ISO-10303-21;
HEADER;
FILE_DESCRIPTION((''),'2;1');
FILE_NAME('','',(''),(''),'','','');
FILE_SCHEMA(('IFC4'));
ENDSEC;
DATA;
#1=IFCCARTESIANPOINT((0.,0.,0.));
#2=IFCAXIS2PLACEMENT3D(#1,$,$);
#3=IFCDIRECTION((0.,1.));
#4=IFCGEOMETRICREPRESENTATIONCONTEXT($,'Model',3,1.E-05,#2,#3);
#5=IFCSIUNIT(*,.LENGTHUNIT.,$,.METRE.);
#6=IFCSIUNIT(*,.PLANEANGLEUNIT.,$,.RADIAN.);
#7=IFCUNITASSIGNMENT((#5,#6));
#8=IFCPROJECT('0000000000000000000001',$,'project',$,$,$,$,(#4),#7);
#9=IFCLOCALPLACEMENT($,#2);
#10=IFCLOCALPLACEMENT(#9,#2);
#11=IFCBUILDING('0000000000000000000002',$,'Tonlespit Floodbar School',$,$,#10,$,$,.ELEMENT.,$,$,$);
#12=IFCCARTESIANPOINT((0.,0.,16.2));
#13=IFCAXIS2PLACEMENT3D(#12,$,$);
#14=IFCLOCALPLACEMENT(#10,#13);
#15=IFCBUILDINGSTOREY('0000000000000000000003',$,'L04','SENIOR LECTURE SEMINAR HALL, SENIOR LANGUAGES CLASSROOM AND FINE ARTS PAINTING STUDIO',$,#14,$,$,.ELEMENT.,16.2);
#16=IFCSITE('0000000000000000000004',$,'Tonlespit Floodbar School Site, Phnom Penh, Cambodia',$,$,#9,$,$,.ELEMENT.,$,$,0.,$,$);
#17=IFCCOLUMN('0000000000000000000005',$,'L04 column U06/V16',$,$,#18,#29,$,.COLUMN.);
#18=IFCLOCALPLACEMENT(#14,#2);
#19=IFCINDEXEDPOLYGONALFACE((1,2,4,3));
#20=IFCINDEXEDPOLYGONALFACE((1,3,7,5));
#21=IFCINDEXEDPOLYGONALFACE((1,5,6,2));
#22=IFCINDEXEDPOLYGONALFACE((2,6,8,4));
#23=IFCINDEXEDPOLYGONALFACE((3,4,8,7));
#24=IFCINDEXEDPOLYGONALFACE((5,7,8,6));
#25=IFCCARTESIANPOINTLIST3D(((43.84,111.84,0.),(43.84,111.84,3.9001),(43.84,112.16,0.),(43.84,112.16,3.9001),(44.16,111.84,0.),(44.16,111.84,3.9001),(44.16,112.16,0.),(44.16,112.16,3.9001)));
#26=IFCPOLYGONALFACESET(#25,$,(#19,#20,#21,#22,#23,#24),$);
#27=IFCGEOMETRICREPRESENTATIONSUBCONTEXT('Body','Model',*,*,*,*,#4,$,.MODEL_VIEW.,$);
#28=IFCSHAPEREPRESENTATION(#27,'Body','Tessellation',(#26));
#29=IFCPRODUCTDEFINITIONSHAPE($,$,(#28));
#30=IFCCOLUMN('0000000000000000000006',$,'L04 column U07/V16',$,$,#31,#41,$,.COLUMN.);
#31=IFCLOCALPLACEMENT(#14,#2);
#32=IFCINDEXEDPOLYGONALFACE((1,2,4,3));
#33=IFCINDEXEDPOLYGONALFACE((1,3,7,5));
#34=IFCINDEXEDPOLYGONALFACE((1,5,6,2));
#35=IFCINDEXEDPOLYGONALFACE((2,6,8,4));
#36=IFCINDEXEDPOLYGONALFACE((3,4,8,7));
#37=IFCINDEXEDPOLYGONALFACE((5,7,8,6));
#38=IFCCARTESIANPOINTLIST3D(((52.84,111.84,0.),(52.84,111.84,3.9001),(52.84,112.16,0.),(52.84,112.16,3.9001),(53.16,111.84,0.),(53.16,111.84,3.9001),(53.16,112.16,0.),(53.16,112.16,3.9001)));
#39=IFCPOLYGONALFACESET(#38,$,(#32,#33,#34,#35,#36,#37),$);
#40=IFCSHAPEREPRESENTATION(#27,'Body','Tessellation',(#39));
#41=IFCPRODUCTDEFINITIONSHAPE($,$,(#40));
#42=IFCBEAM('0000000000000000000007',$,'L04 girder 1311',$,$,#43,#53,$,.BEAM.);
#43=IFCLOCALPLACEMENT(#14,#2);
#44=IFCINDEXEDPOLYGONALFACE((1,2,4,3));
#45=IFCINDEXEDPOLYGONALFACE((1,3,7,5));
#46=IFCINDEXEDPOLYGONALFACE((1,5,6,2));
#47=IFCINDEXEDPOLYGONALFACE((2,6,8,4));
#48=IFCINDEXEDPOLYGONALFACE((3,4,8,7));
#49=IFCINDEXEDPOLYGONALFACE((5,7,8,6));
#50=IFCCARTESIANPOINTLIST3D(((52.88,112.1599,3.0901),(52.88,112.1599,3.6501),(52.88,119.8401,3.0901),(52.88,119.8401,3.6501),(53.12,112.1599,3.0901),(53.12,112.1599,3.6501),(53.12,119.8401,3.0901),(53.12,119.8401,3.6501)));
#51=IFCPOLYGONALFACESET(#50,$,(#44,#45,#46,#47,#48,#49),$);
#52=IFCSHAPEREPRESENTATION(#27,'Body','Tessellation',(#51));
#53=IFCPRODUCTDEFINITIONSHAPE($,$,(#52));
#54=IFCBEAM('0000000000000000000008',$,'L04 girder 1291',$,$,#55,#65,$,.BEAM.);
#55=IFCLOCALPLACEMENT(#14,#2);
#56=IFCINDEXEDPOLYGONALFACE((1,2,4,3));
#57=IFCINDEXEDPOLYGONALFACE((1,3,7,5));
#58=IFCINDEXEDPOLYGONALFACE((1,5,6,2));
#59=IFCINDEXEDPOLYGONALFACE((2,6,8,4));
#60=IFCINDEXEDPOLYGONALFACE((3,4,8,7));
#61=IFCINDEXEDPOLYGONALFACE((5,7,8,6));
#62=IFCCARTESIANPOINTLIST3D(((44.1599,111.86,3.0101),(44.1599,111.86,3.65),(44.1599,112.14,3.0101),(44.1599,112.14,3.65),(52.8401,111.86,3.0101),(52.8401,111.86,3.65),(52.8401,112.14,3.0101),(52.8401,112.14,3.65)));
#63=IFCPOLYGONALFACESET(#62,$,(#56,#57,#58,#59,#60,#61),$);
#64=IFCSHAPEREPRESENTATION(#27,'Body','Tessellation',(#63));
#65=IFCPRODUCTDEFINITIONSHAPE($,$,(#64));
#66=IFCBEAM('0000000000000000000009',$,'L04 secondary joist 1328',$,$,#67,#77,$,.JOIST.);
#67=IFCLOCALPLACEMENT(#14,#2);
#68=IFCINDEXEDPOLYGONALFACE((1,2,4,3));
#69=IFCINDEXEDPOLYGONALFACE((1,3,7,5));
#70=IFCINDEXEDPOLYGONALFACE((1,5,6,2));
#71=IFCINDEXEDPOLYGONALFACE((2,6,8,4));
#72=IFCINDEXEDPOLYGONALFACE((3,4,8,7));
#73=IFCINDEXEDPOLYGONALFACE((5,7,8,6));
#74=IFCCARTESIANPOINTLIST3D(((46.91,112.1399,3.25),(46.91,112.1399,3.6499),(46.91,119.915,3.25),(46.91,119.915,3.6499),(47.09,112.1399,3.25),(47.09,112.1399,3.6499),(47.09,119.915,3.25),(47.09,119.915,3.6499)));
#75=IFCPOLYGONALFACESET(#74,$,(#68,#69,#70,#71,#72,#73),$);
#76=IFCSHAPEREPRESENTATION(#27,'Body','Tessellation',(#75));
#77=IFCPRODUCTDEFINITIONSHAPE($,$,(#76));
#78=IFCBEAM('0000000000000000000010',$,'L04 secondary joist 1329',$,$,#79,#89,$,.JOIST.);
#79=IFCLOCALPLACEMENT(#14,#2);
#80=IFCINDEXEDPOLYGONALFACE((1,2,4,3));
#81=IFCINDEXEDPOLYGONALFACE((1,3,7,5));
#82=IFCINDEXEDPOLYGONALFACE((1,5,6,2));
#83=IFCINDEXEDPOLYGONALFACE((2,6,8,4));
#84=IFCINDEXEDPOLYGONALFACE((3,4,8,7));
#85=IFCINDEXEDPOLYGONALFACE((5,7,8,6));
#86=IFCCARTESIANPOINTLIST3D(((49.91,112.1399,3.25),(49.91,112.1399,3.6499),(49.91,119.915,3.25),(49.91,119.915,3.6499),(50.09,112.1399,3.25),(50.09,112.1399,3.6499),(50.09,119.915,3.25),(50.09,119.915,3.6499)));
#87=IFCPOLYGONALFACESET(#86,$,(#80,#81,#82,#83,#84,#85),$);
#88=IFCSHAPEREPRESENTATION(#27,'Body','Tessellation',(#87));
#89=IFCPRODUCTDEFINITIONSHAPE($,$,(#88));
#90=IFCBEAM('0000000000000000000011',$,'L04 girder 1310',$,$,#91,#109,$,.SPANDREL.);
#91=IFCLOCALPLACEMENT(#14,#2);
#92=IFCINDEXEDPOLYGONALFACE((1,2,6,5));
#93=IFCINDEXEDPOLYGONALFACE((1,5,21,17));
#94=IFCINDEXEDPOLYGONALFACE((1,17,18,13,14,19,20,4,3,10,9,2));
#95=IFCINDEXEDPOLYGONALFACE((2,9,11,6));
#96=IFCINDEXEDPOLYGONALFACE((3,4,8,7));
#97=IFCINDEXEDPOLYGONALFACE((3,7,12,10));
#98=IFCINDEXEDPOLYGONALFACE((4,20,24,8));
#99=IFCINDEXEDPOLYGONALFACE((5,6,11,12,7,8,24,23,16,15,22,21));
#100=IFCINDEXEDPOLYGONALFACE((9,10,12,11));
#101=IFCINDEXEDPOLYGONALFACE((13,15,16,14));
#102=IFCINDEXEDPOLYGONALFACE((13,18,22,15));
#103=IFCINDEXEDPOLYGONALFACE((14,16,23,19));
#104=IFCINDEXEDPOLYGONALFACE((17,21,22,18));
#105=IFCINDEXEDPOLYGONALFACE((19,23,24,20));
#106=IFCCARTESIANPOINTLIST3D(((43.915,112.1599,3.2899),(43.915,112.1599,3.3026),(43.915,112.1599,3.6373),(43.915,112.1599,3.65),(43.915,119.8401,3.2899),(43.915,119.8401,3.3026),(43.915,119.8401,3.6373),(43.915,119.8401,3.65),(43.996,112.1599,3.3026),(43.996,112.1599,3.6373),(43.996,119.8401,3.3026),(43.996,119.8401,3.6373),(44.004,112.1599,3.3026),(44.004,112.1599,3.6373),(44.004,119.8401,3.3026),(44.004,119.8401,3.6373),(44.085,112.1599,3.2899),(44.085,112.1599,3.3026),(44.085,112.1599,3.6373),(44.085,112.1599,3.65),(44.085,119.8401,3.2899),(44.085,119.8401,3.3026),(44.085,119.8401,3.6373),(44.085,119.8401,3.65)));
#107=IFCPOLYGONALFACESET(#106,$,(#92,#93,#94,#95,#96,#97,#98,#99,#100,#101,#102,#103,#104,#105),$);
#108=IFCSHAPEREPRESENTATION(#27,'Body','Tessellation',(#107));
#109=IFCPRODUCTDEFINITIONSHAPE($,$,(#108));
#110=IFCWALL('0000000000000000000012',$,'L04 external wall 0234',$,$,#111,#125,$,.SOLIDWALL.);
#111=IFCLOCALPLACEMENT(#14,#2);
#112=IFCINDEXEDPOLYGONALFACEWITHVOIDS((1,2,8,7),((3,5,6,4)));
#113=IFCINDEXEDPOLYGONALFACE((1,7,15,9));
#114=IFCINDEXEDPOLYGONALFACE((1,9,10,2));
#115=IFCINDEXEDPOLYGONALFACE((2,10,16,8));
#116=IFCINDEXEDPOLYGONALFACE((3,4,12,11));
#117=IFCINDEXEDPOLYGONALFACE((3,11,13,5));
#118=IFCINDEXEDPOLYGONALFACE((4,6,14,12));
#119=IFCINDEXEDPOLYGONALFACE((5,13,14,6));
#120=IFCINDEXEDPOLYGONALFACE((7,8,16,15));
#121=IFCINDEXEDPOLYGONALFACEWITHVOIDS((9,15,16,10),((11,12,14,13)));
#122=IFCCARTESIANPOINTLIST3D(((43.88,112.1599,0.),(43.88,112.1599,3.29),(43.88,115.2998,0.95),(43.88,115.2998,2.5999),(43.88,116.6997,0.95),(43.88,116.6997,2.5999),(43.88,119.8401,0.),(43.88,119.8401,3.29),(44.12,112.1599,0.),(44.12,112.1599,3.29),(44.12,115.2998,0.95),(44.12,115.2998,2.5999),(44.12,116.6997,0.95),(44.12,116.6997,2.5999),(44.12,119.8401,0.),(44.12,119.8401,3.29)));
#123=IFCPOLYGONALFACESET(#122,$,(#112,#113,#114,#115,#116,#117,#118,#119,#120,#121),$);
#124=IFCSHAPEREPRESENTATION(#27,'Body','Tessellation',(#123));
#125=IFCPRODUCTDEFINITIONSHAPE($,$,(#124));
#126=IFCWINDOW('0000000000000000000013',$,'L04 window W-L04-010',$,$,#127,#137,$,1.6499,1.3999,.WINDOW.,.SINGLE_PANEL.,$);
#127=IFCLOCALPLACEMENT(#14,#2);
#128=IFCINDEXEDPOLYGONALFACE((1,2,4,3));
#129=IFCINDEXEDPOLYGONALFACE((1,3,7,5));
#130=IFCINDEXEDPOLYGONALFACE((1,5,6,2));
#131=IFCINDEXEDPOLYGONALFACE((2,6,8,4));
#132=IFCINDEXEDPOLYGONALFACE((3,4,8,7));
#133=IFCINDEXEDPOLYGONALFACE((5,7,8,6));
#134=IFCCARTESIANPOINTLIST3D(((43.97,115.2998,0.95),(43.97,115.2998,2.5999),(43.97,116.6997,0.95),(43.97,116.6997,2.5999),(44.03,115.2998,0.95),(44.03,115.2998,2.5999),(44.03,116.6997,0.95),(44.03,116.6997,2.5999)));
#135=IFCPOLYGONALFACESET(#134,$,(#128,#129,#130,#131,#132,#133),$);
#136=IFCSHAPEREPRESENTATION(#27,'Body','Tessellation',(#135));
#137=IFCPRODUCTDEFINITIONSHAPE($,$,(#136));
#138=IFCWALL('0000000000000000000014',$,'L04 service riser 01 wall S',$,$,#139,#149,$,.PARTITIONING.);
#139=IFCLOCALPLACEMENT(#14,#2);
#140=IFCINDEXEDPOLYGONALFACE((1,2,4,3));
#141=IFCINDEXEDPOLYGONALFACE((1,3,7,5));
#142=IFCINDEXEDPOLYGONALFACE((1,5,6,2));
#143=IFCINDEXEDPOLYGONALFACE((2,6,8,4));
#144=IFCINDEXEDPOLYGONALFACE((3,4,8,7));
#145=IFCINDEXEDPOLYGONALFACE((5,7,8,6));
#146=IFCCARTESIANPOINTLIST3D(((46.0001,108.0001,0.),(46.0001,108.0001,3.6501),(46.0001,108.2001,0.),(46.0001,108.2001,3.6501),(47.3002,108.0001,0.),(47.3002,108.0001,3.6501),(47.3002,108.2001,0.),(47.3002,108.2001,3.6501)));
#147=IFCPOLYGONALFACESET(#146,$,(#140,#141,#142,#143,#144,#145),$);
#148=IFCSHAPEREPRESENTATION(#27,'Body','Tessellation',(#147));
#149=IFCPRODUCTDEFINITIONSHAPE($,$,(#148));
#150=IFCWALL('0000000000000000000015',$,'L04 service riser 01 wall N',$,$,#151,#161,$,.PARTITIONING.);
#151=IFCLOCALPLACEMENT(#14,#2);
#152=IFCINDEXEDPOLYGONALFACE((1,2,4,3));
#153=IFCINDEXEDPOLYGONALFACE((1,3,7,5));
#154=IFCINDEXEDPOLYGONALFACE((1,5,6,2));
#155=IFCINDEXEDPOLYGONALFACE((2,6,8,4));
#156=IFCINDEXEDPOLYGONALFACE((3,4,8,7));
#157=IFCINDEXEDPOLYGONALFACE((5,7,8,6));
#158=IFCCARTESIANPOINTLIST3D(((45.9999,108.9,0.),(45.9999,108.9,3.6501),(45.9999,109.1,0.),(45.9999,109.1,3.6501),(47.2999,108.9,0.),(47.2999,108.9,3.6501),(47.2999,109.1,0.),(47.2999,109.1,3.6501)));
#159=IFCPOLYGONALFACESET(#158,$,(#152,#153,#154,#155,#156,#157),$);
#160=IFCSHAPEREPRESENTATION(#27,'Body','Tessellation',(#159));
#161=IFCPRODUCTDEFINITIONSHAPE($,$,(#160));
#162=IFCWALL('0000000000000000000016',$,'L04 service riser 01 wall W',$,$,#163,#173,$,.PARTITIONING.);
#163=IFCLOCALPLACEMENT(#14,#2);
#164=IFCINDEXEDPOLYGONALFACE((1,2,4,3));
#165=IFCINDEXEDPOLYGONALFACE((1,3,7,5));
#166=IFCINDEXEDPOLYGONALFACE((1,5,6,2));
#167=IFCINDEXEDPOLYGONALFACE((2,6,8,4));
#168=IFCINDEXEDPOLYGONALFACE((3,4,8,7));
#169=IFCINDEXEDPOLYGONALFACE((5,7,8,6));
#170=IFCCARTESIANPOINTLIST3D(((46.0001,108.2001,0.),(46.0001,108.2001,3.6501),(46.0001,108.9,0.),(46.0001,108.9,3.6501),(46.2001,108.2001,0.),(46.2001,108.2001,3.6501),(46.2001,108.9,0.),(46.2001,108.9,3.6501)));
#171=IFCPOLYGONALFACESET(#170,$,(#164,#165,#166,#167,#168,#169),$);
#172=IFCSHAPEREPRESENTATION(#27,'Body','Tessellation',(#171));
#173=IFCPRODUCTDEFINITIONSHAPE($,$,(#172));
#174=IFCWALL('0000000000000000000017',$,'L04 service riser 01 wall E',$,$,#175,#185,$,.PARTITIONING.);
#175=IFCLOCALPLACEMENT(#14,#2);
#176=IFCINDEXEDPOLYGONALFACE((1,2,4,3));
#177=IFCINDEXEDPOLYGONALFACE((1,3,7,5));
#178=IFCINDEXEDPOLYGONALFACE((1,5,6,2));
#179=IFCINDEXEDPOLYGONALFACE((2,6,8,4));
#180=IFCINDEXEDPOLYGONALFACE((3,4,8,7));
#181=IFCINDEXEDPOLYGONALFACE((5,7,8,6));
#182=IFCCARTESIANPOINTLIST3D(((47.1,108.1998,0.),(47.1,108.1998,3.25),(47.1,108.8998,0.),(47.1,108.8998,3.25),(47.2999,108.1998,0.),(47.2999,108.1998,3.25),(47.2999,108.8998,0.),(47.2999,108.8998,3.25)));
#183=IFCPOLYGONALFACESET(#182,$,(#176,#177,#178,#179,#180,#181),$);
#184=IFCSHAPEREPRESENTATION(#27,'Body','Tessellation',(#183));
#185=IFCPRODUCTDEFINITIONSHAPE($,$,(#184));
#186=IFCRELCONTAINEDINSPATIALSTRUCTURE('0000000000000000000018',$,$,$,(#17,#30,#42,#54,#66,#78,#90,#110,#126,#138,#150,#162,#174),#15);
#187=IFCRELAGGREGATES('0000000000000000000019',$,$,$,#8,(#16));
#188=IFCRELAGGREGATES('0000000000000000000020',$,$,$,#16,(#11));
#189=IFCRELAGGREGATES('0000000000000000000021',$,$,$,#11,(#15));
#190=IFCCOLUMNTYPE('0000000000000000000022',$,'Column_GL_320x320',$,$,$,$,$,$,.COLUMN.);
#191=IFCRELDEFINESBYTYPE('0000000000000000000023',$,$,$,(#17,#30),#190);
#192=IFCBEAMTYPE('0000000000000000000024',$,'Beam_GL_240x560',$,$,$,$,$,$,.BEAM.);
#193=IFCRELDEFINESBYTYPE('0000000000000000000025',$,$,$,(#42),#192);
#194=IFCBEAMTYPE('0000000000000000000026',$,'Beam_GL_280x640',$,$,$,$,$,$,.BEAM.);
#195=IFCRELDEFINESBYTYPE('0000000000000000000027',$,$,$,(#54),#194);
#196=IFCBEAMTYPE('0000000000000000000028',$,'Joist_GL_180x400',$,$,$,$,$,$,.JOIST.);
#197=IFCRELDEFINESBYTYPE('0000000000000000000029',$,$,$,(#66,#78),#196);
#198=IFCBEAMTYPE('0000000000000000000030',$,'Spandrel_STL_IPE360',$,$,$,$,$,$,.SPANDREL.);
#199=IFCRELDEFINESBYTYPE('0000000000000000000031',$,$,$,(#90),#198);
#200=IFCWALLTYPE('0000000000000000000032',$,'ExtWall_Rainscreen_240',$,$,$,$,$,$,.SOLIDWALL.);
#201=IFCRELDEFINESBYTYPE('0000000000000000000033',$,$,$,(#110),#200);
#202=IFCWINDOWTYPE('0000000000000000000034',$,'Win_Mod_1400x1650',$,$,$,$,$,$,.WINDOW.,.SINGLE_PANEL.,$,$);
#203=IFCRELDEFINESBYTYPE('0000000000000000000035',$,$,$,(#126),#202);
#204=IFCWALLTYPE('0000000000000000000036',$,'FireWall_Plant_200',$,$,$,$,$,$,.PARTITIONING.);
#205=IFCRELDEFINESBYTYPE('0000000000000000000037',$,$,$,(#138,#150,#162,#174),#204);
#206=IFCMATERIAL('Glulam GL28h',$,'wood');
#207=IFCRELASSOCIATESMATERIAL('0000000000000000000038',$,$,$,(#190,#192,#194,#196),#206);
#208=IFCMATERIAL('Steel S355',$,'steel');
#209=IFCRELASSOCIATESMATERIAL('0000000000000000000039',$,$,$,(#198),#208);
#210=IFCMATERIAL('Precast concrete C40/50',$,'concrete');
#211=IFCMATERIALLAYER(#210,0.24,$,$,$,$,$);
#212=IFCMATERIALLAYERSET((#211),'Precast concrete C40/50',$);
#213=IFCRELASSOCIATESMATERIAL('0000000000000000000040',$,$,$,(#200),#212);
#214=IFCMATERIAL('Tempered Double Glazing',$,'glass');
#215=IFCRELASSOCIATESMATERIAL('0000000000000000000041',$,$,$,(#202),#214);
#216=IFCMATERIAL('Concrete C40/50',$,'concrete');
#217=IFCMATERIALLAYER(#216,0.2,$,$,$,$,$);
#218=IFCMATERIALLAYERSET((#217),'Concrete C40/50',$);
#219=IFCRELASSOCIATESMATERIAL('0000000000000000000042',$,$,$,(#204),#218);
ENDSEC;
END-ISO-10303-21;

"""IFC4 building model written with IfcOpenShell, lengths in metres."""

from ifc_helpers import new_model, si_unit, direction, frame, frame_2d, origin, origin_2d, place, context, subcontext, project, spatial, rectangle, i_section, extrude, material, layer, layer_set, material_profile, profile_set, type_object, element, fill, save


model = new_model("IFC4")

# Units and contexts
model_context = context("Model", 3, precision=1e-05, world=origin(), true_north=direction((0.0, 1.0)))
body_context = subcontext(model_context, "Body", "Model", "MODEL_VIEW")
ifc_project = project(units=[si_unit("LENGTHUNIT", "METRE"), si_unit("PLANEANGLEUNIT", "RADIAN")], contexts=[model_context])

# Site, building, storey
site_placement = place(None, origin())
site = spatial("IfcSite", under=ifc_project, at=site_placement, Name="Tonlespit Floodbar School Site, Phnom Penh, Cambodia", CompositionType="ELEMENT", RefElevation=0.0)
building_placement = place(site_placement, origin())
building = spatial("IfcBuilding", under=site, at=building_placement, Name="Tonlespit Floodbar School", CompositionType="ELEMENT")
storey_placement = place(building_placement, frame((0.0, 0.0, 16.2)))
storey = spatial("IfcBuildingStorey", under=building, at=storey_placement, Name="L04", Description="SENIOR LECTURE SEMINAR HALL, SENIOR LANGUAGES CLASSROOM AND FINE ARTS PAINTING STUDIO", CompositionType="ELEMENT", Elevation=16.2)

# Columns
ifc_material_1 = material(Name="Glulam GL28h", Category="wood")
ifc_material_profile_1 = material_profile(ifc_material_1, rectangle(XDim=0.3201, YDim=0.3201, at=origin_2d()), Name="GL 320x320")
ifc_profile_set_1 = profile_set([ifc_material_profile_1], Name="Glulam GL28h")
column_type = type_object("IfcColumnType", Name="Column_GL_320x320", PredefinedType="COLUMN", material=ifc_profile_set_1)
for number, where, z_axis, x_axis, name in (
    (1, (44.0, 112.0, 0.0), (0.0, 0.0, 1.0), (1.0, 0.0, 0.0), "L04 column U06/V16"),
    (2, (53.0, 112.0, 0.0), (0.0, 0.0, 1.0), (1.0, 0.0, 0.0), "L04 column U07/V16"),
):
    element("IfcColumn", number, at=place(storey_placement, frame(where, z_axis=z_axis, x_axis=x_axis)), inside=storey, type_object=column_type, Name=name, PredefinedType="COLUMN", context=body_context, shape_type="SweptSolid", body=[
        extrude(rectangle(XDim=0.3201, YDim=0.3201, at=origin_2d()), origin(), (0.0, 0.0, 1.0), 3.9001),
    ])

# Beams
ifc_material_profile_2 = material_profile(ifc_material_1, rectangle(XDim=0.24, YDim=0.5601, at=origin_2d()), Name="GL 240x560")
ifc_profile_set_2 = profile_set([ifc_material_profile_2], Name="Glulam GL28h")
beam_type_1 = type_object("IfcBeamType", Name="Beam_GL_240x560", PredefinedType="BEAM", material=ifc_profile_set_2)
beam_1_placement = place(storey_placement, frame((53.0, 112.1599, 3.3701), z_axis=(0.0, 1.0, 0.0), x_axis=(-1.0, 0.0, 0.0)))
element("IfcBeam", 3, at=beam_1_placement, inside=storey, type_object=beam_type_1, Name="L04 girder 1311", PredefinedType="BEAM", context=body_context, shape_type="SweptSolid", body=[
    extrude(rectangle(XDim=0.24, YDim=0.5601, at=origin_2d()), origin(), (0.0, 0.0, 1.0), 7.6802),
])
ifc_material_profile_3 = material_profile(ifc_material_1, rectangle(XDim=0.28, YDim=0.6399, at=origin_2d()), Name="GL 280x640")
ifc_profile_set_3 = profile_set([ifc_material_profile_3], Name="Glulam GL28h")
beam_type_2 = type_object("IfcBeamType", Name="Beam_GL_280x640", PredefinedType="BEAM", material=ifc_profile_set_3)
beam_2_placement = place(storey_placement, frame((44.1599, 112.0, 3.3301), z_axis=(1.0, 0.0, 0.0), x_axis=(0.0, 1.0, 0.0)))
element("IfcBeam", 4, at=beam_2_placement, inside=storey, type_object=beam_type_2, Name="L04 girder 1291", PredefinedType="BEAM", context=body_context, shape_type="SweptSolid", body=[
    extrude(rectangle(XDim=0.28, YDim=0.6399, at=origin_2d()), origin(), (0.0, 0.0, 1.0), 8.6802),
])
ifc_material_profile_4 = material_profile(ifc_material_1, rectangle(XDim=0.1799, YDim=0.3999, at=origin_2d()), Name="GL 180x400")
ifc_profile_set_4 = profile_set([ifc_material_profile_4], Name="Glulam GL28h")
beam_type_3 = type_object("IfcBeamType", Name="Joist_GL_180x400", PredefinedType="JOIST", material=ifc_profile_set_4)
for number, where, z_axis, x_axis, name in (
    (5, (47.0, 112.1399, 3.45), (0.0, 1.0, 0.0), (-1.0, 0.0, 0.0), "L04 secondary joist 1328"),
    (6, (50.0, 112.1399, 3.45), (0.0, 1.0, 0.0), (-1.0, 0.0, 0.0), "L04 secondary joist 1329"),
):
    element("IfcBeam", number, at=place(storey_placement, frame(where, z_axis=z_axis, x_axis=x_axis)), inside=storey, type_object=beam_type_3, Name=name, PredefinedType="JOIST", context=body_context, shape_type="SweptSolid", body=[
        extrude(rectangle(XDim=0.1799, YDim=0.3999, at=origin_2d()), origin(), (0.0, 0.0, 1.0), 7.7751),
    ])
ifc_material_2 = material(Name="Steel S355", Category="steel")
ifc_material_profile_5 = material_profile(ifc_material_2, i_section(OverallWidth=0.1699, OverallDepth=0.3601, WebThickness=0.0081, FlangeThickness=0.0127, at=origin_2d()), Name="IPE 360")
ifc_profile_set_5 = profile_set([ifc_material_profile_5], Name="Steel S355")
beam_type_4 = type_object("IfcBeamType", Name="Spandrel_STL_IPE360", PredefinedType="SPANDREL", material=ifc_profile_set_5)
beam_3_placement = place(storey_placement, frame((44.0, 112.1599, 3.47), z_axis=(0.0, 1.0, 0.0), x_axis=(-1.0, 0.0, 0.0)))
element("IfcBeam", 7, at=beam_3_placement, inside=storey, type_object=beam_type_4, Name="L04 girder 1310", PredefinedType="SPANDREL", context=body_context, shape_type="SweptSolid", body=[
    extrude(i_section(OverallWidth=0.1699, OverallDepth=0.3601, WebThickness=0.0081, FlangeThickness=0.0127, at=origin_2d()), origin(), (0.0, 0.0, 1.0), 7.6802),
])

# Wall, opening, window
ifc_material_3 = material(Name="Precast concrete C40/50", Category="concrete")
ifc_layer_1 = layer(ifc_material_3, 0.24)
ifc_layer_set_1 = layer_set([ifc_layer_1], Name="Precast concrete C40/50")
wall_type_1 = type_object("IfcWallType", Name="ExtWall_Rainscreen_240", PredefinedType="SOLIDWALL", material=ifc_layer_set_1)
wall_1_placement = place(storey_placement, frame((44.0, 112.1599, 0.0), z_axis=(0.0, 0.0, 1.0), x_axis=(0.0, 1.0, 0.0)))
wall_1 = element("IfcWall", 8, at=wall_1_placement, inside=storey, type_object=wall_type_1, Name="L04 external wall 0234", PredefinedType="SOLIDWALL", context=body_context, shape_type="SweptSolid", body=[
    extrude(rectangle(XDim=7.6802, YDim=0.24, at=frame_2d((3.8401, 0.0))), origin(), (0.0, 0.0, 1.0), 3.29),
])
opening_1_placement = place(wall_1_placement, frame((3.1399, 0.0, 0.95)))
opening_1 = element("IfcOpeningElement", 9, at=opening_1_placement, cuts=wall_1, PredefinedType="OPENING", context=body_context, shape_type="SweptSolid", body=[
    extrude(rectangle(XDim=1.3999, YDim=1.6499, at=frame_2d((0.7, 0.825))), frame((0.0, 0.1299, 0.0), z_axis=(0.0, -1.0, 0.0), x_axis=(1.0, 0.0, 0.0)), (0.0, 0.0, 1.0), 0.26),
])
ifc_material_4 = material(Name="Tempered Double Glazing", Category="glass")
window_type = type_object("IfcWindowType", Name="Win_Mod_1400x1650", PartitioningType="SINGLE_PANEL", PredefinedType="WINDOW", material=ifc_material_4)
window_placement = place(opening_1_placement, origin())
window = element("IfcWindow", 10, at=window_placement, inside=storey, type_object=window_type, Name="L04 window W-L04-010", OverallHeight=1.6499, OverallWidth=1.3999, PartitioningType="SINGLE_PANEL", PredefinedType="WINDOW", context=body_context, shape_type="SweptSolid", body=[
    extrude(rectangle(XDim=1.3999, YDim=1.6499, at=frame_2d((0.7, 0.825))), frame((0.0, 0.03, 0.0), z_axis=(0.0, -1.0, 0.0), x_axis=(1.0, 0.0, 0.0)), (0.0, 0.0, 1.0), 0.0601),
])
fill(opening_1, window)

# Walls
ifc_material_5 = material(Name="Concrete C40/50", Category="concrete")
ifc_layer_2 = layer(ifc_material_5, 0.2)
ifc_layer_set_2 = layer_set([ifc_layer_2], Name="Concrete C40/50")
wall_type_2 = type_object("IfcWallType", Name="FireWall_Plant_200", PredefinedType="PARTITIONING", material=ifc_layer_set_2)
for number, where, z_axis, x_axis, name in (
    (11, (47.3, 108.1001, 0.0), (0.0, 0.0, 1.0), (-1.0, 0.0, 0.0), "L04 service riser 01 wall S"),
    (12, (46.0, 109.0, 0.0), (0.0, 0.0, 1.0), (1.0, 0.0, 0.0), "L04 service riser 01 wall N"),
):
    element("IfcWall", number, at=place(storey_placement, frame(where, z_axis=z_axis, x_axis=x_axis)), inside=storey, type_object=wall_type_2, Name=name, PredefinedType="PARTITIONING", context=body_context, shape_type="SweptSolid", body=[
        extrude(rectangle(XDim=1.3, YDim=0.2, at=frame_2d((0.6499, 0.0))), origin(), (0.0, 0.0, 1.0), 3.6501),
    ])
wall_2_placement = place(storey_placement, frame((46.1001, 108.2, 0.0), z_axis=(0.0, 0.0, 1.0), x_axis=(0.0, 1.0, 0.0)))
element("IfcWall", 13, at=wall_2_placement, inside=storey, type_object=wall_type_2, Name="L04 service riser 01 wall W", PredefinedType="PARTITIONING", context=body_context, shape_type="SweptSolid", body=[
    extrude(rectangle(XDim=0.7, YDim=0.2, at=frame_2d((0.3501, 0.0))), origin(), (0.0, 0.0, 1.0), 3.6501),
])
wall_3_placement = place(storey_placement, frame((47.2, 108.8999, 0.0), z_axis=(0.0, 0.0, 1.0), x_axis=(0.0, -1.0, 0.0)))
element("IfcWall", 14, at=wall_3_placement, inside=storey, type_object=wall_type_2, Name="L04 service riser 01 wall E", PredefinedType="PARTITIONING", context=body_context, shape_type="SweptSolid", body=[
    extrude(rectangle(XDim=0.7, YDim=0.2, at=frame_2d((0.3501, 0.0))), origin(), (0.0, 0.0, 1.0), 3.25),
])

save(model, "model.ifc")
